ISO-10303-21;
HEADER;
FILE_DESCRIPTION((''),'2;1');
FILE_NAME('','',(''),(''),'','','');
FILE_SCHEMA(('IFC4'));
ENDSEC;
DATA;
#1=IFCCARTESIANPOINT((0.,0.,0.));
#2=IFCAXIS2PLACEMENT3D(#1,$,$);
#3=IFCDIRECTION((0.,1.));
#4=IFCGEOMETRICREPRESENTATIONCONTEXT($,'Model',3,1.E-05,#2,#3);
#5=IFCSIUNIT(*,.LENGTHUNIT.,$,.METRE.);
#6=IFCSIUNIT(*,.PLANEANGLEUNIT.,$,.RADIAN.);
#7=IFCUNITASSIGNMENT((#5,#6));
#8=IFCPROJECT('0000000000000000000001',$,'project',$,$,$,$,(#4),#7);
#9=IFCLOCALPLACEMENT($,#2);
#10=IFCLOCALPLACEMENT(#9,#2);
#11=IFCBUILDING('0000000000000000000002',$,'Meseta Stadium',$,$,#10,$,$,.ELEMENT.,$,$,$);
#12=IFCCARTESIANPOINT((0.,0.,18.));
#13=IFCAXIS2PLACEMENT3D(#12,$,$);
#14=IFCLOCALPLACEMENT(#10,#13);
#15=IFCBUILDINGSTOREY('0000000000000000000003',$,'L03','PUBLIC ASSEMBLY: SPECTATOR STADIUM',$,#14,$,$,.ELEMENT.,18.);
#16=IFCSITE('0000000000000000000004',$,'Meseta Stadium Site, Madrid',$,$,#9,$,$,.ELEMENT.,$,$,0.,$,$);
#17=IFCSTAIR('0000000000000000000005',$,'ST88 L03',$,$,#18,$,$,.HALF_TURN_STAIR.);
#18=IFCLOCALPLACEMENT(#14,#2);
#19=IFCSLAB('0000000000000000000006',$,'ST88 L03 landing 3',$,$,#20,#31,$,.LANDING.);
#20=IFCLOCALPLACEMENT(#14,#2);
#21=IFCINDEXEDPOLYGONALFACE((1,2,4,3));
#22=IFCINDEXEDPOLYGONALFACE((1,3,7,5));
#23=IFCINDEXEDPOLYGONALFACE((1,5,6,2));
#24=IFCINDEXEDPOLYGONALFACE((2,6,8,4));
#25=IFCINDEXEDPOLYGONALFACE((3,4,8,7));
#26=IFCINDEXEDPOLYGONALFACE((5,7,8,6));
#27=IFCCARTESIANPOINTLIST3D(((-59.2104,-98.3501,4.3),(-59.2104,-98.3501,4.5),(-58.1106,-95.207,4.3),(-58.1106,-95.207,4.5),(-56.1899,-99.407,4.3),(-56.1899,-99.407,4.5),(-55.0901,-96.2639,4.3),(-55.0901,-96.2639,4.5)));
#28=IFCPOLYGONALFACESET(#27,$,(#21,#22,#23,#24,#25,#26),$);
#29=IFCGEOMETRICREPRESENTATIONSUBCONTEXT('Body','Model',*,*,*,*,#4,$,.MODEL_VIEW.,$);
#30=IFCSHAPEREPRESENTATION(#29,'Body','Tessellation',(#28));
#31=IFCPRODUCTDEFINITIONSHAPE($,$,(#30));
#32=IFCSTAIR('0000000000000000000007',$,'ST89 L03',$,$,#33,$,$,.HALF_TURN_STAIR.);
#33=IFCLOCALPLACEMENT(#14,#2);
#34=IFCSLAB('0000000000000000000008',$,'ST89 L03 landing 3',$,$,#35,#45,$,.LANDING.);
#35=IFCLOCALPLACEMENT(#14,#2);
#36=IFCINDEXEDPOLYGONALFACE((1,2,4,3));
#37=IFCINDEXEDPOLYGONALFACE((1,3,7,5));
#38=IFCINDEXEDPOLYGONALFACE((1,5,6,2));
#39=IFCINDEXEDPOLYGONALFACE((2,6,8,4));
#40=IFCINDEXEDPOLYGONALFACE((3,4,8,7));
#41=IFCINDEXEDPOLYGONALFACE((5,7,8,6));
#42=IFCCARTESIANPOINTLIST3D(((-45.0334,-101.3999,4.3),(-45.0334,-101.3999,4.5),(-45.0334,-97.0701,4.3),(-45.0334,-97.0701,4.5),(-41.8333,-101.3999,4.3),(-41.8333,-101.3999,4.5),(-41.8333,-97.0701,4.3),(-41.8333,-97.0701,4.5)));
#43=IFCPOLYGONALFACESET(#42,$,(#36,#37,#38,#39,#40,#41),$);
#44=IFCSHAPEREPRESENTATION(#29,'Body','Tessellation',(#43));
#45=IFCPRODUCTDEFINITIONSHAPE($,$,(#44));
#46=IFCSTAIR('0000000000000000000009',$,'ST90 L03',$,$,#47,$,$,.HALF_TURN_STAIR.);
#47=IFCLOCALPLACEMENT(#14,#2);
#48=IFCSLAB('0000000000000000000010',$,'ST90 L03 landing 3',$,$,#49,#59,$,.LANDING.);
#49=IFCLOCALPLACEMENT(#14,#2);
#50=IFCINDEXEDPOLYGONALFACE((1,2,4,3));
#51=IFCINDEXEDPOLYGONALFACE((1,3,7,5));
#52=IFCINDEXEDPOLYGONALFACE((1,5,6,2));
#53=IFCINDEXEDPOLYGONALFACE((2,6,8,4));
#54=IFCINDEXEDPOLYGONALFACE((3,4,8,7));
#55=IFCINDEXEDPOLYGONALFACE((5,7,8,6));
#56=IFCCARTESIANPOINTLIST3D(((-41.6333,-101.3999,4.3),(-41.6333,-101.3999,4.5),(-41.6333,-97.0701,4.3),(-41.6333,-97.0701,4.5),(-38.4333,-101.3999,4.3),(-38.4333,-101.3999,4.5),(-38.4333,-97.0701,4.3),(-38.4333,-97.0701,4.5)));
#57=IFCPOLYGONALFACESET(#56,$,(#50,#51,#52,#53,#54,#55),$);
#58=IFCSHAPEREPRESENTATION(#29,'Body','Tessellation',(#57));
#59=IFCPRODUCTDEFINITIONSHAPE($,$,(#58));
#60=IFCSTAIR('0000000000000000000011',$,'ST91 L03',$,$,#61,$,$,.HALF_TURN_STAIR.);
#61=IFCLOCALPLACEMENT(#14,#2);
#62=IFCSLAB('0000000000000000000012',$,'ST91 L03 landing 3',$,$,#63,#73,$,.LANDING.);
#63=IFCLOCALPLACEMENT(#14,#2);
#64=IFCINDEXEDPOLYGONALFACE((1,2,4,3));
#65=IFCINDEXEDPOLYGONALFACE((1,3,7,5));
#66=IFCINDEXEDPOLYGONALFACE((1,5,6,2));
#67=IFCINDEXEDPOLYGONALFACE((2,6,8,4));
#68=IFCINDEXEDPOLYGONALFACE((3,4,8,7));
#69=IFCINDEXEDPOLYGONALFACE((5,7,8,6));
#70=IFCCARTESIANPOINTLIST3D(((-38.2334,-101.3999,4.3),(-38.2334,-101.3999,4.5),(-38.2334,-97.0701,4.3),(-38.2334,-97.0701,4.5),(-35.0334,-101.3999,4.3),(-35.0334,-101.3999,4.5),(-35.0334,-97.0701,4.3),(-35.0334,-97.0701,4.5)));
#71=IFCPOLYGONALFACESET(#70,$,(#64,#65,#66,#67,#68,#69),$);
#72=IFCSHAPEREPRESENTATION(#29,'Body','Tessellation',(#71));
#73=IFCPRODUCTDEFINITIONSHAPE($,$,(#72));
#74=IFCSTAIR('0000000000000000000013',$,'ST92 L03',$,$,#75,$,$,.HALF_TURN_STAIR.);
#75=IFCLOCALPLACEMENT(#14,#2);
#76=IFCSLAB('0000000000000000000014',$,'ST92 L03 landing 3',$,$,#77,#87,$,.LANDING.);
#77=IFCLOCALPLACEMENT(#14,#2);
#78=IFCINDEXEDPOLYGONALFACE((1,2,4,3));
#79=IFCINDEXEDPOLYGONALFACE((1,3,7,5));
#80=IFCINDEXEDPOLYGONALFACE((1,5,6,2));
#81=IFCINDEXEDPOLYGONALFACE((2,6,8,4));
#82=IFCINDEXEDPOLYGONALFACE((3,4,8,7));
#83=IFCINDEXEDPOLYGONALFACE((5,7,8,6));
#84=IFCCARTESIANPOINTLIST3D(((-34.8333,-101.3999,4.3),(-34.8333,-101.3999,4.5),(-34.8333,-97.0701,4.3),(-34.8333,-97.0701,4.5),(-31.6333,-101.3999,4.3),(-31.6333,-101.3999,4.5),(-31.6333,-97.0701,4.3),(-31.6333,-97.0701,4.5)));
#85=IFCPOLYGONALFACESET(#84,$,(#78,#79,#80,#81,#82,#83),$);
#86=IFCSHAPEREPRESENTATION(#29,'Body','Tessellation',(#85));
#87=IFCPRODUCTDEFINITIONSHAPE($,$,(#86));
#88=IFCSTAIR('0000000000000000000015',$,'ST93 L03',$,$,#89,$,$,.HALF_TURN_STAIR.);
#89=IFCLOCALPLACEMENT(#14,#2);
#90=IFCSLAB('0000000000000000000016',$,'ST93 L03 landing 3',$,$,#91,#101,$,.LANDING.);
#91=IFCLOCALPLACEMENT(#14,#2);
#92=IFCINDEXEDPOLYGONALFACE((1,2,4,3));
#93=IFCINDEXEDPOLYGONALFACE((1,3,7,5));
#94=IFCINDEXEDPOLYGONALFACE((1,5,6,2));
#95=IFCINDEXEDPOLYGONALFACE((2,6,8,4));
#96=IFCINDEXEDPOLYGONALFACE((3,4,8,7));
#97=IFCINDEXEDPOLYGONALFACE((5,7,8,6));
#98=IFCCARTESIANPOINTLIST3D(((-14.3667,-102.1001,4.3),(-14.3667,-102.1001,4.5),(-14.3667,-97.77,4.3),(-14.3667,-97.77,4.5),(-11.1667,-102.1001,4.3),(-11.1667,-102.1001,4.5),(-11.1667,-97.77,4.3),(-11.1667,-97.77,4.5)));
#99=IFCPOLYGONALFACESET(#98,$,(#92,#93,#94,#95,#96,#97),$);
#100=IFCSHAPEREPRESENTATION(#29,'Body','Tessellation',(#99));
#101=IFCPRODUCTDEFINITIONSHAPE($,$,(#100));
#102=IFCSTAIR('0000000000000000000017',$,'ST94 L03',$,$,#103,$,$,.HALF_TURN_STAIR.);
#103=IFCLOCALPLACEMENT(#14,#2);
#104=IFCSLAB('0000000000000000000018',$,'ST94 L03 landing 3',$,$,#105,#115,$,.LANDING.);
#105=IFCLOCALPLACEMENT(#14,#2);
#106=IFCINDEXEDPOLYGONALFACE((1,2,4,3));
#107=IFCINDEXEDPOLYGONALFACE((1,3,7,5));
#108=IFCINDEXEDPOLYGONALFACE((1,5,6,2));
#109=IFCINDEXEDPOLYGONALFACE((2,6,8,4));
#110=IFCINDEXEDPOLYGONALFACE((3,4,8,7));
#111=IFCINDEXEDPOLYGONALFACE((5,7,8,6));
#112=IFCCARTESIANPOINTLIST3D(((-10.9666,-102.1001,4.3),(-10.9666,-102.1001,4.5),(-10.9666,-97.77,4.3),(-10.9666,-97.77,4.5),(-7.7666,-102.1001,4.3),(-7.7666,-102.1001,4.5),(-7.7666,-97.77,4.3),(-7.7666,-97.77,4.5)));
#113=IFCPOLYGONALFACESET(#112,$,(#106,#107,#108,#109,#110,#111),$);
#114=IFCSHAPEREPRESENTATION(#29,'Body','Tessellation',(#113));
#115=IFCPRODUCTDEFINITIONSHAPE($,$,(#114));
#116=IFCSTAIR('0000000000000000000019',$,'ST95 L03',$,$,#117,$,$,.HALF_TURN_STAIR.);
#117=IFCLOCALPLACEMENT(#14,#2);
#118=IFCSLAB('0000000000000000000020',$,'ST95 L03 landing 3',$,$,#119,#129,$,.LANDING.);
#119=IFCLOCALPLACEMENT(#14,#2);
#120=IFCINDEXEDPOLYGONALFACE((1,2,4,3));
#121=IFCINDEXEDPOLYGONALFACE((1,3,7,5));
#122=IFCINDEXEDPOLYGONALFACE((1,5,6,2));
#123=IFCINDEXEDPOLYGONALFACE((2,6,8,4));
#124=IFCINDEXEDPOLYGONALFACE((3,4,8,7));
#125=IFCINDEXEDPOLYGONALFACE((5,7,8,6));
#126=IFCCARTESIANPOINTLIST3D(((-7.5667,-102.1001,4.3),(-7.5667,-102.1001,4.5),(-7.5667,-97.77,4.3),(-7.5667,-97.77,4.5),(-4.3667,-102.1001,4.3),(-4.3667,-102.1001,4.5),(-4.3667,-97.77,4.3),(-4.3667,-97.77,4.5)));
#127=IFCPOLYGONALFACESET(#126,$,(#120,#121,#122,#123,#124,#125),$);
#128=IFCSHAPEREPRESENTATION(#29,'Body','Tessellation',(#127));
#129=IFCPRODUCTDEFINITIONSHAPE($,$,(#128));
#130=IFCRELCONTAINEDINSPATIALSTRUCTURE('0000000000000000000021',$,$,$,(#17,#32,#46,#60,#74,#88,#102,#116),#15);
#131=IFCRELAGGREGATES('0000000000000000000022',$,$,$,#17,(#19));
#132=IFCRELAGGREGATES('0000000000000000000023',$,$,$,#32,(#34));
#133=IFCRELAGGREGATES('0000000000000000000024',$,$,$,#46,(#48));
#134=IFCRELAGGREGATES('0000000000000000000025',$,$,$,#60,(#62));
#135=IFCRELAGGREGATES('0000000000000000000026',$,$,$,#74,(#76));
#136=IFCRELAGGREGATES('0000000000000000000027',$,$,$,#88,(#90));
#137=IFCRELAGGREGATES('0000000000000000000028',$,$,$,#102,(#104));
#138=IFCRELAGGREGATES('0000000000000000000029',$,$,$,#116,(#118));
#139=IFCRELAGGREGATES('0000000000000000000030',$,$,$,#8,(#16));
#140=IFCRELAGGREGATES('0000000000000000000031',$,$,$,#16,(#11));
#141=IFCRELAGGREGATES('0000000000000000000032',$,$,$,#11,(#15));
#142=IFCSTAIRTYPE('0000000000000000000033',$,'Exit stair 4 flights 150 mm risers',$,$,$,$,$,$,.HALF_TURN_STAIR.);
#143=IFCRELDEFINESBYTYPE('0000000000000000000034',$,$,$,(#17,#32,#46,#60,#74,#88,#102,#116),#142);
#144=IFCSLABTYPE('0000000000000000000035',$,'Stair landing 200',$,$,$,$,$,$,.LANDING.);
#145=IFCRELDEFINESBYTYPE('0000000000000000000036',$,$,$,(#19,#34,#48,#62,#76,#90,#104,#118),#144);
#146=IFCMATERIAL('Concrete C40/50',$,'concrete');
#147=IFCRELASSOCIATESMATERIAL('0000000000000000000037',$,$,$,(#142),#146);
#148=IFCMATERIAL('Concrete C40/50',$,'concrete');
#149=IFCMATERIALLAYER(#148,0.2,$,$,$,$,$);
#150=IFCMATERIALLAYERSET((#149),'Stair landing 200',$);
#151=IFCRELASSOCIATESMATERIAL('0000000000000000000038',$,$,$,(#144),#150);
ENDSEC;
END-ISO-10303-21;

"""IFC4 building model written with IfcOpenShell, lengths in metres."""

from ifc_helpers import new_model, si_unit, direction, frame, origin, place, context, subcontext, project, spatial, polyline, outline, extrude, material, layer, layer_set, type_object, element, aggregate, save


model = new_model("IFC4")

# Units and contexts
model_context = context("Model", 3, precision=1e-05, world=origin(), true_north=direction((0.0, 1.0)))
body_context = subcontext(model_context, "Body", "Model", "MODEL_VIEW")
ifc_project = project(units=[si_unit("LENGTHUNIT", "METRE"), si_unit("PLANEANGLEUNIT", "RADIAN")], contexts=[model_context])

# Site, building, storey
site_placement = place(None, origin())
site = spatial("IfcSite", under=ifc_project, at=site_placement, Name="Meseta Stadium Site, Madrid", CompositionType="ELEMENT", RefElevation=0.0)
building_placement = place(site_placement, origin())
building = spatial("IfcBuilding", under=site, at=building_placement, Name="Meseta Stadium", CompositionType="ELEMENT")
storey_placement = place(building_placement, frame((0.0, 0.0, 18.0)))
storey = spatial("IfcBuildingStorey", under=building, at=storey_placement, Name="L03", Description="PUBLIC ASSEMBLY: SPECTATOR STADIUM", CompositionType="ELEMENT", Elevation=18.0)

# Stairs, slabs
ifc_material_1 = material(Name="Concrete C40/50", Category="concrete")
stair_type = type_object("IfcStairType", Name="Exit stair 4 flights 150 mm risers", PredefinedType="HALF_TURN_STAIR", material=ifc_material_1)
ifc_material_2 = material(Name="Concrete C40/50", Category="concrete")
ifc_layer = layer(ifc_material_2, 0.2)
ifc_layer_set = layer_set([ifc_layer], Name="Stair landing 200")
slab_type = type_object("IfcSlabType", Name="Stair landing 200", PredefinedType="LANDING", material=ifc_layer_set)
stair_1_placement = place(storey_placement, origin())
stair_1 = element("IfcStair", 1, at=stair_1_placement, inside=storey, type_object=stair_type, Name="ST88 L03", PredefinedType="HALF_TURN_STAIR")
slab_1_placement = place(storey_placement, frame((0.0, 0.0, 4.3)))
slab_1 = element("IfcSlab", 2, at=slab_1_placement, type_object=slab_type, Name="ST88 L03 landing 3", PredefinedType="LANDING", context=body_context, shape_type="SweptSolid", body=[
    extrude(outline(polyline([(-58.1106, -95.207), (-59.2104, -98.3501), (-56.1899, -99.407), (-55.0901, -96.2639), (-58.1106, -95.207)])), origin(), (0.0, 0.0, 1.0), 0.2),
])
aggregate(stair_1, [slab_1])
stair_2_placement = place(storey_placement, origin())
stair_2 = element("IfcStair", 3, at=stair_2_placement, inside=storey, type_object=stair_type, Name="ST89 L03", PredefinedType="HALF_TURN_STAIR")
slab_2_placement = place(storey_placement, frame((0.0, 0.0, 4.3)))
slab_2 = element("IfcSlab", 4, at=slab_2_placement, type_object=slab_type, Name="ST89 L03 landing 3", PredefinedType="LANDING", context=body_context, shape_type="SweptSolid", body=[
    extrude(outline(polyline([(-45.0334, -97.0701), (-45.0334, -101.3999), (-41.8333, -101.3999), (-41.8333, -97.0701), (-45.0334, -97.0701)])), origin(), (0.0, 0.0, 1.0), 0.2),
])
aggregate(stair_2, [slab_2])
stair_3_placement = place(storey_placement, origin())
stair_3 = element("IfcStair", 5, at=stair_3_placement, inside=storey, type_object=stair_type, Name="ST90 L03", PredefinedType="HALF_TURN_STAIR")
slab_3_placement = place(storey_placement, frame((0.0, 0.0, 4.3)))
slab_3 = element("IfcSlab", 6, at=slab_3_placement, type_object=slab_type, Name="ST90 L03 landing 3", PredefinedType="LANDING", context=body_context, shape_type="SweptSolid", body=[
    extrude(outline(polyline([(-41.6333, -97.0701), (-41.6333, -101.3999), (-38.4333, -101.3999), (-38.4333, -97.0701), (-41.6333, -97.0701)])), origin(), (0.0, 0.0, 1.0), 0.2),
])
aggregate(stair_3, [slab_3])
stair_4_placement = place(storey_placement, origin())
stair_4 = element("IfcStair", 7, at=stair_4_placement, inside=storey, type_object=stair_type, Name="ST91 L03", PredefinedType="HALF_TURN_STAIR")
slab_4_placement = place(storey_placement, frame((0.0, 0.0, 4.3)))
slab_4 = element("IfcSlab", 8, at=slab_4_placement, type_object=slab_type, Name="ST91 L03 landing 3", PredefinedType="LANDING", context=body_context, shape_type="SweptSolid", body=[
    extrude(outline(polyline([(-38.2334, -97.0701), (-38.2334, -101.3999), (-35.0334, -101.3999), (-35.0334, -97.0701), (-38.2334, -97.0701)])), origin(), (0.0, 0.0, 1.0), 0.2),
])
aggregate(stair_4, [slab_4])
stair_5_placement = place(storey_placement, origin())
stair_5 = element("IfcStair", 9, at=stair_5_placement, inside=storey, type_object=stair_type, Name="ST92 L03", PredefinedType="HALF_TURN_STAIR")
slab_5_placement = place(storey_placement, frame((0.0, 0.0, 4.3)))
slab_5 = element("IfcSlab", 10, at=slab_5_placement, type_object=slab_type, Name="ST92 L03 landing 3", PredefinedType="LANDING", context=body_context, shape_type="SweptSolid", body=[
    extrude(outline(polyline([(-34.8333, -97.0701), (-34.8333, -101.3999), (-31.6333, -101.3999), (-31.6333, -97.0701), (-34.8333, -97.0701)])), origin(), (0.0, 0.0, 1.0), 0.2),
])
aggregate(stair_5, [slab_5])
stair_6_placement = place(storey_placement, origin())
stair_6 = element("IfcStair", 11, at=stair_6_placement, inside=storey, type_object=stair_type, Name="ST93 L03", PredefinedType="HALF_TURN_STAIR")
slab_6_placement = place(storey_placement, frame((0.0, 0.0, 4.3)))
slab_6 = element("IfcSlab", 12, at=slab_6_placement, type_object=slab_type, Name="ST93 L03 landing 3", PredefinedType="LANDING", context=body_context, shape_type="SweptSolid", body=[
    extrude(outline(polyline([(-14.3667, -97.77), (-14.3667, -102.1001), (-11.1667, -102.1001), (-11.1667, -97.77), (-14.3667, -97.77)])), origin(), (0.0, 0.0, 1.0), 0.2),
])
aggregate(stair_6, [slab_6])
stair_7_placement = place(storey_placement, origin())
stair_7 = element("IfcStair", 13, at=stair_7_placement, inside=storey, type_object=stair_type, Name="ST94 L03", PredefinedType="HALF_TURN_STAIR")
slab_7_placement = place(storey_placement, frame((0.0, 0.0, 4.3)))
slab_7 = element("IfcSlab", 14, at=slab_7_placement, type_object=slab_type, Name="ST94 L03 landing 3", PredefinedType="LANDING", context=body_context, shape_type="SweptSolid", body=[
    extrude(outline(polyline([(-10.9666, -97.77), (-10.9666, -102.1001), (-7.7666, -102.1001), (-7.7666, -97.77), (-10.9666, -97.77)])), origin(), (0.0, 0.0, 1.0), 0.2),
])
aggregate(stair_7, [slab_7])
stair_8_placement = place(storey_placement, origin())
stair_8 = element("IfcStair", 15, at=stair_8_placement, inside=storey, type_object=stair_type, Name="ST95 L03", PredefinedType="HALF_TURN_STAIR")
slab_8_placement = place(storey_placement, frame((0.0, 0.0, 4.3)))
slab_8 = element("IfcSlab", 16, at=slab_8_placement, type_object=slab_type, Name="ST95 L03 landing 3", PredefinedType="LANDING", context=body_context, shape_type="SweptSolid", body=[
    extrude(outline(polyline([(-7.5667, -97.77), (-7.5667, -102.1001), (-4.3667, -102.1001), (-4.3667, -97.77), (-7.5667, -97.77)])), origin(), (0.0, 0.0, 1.0), 0.2),
])
aggregate(stair_8, [slab_8])

save(model, "model.ifc")
